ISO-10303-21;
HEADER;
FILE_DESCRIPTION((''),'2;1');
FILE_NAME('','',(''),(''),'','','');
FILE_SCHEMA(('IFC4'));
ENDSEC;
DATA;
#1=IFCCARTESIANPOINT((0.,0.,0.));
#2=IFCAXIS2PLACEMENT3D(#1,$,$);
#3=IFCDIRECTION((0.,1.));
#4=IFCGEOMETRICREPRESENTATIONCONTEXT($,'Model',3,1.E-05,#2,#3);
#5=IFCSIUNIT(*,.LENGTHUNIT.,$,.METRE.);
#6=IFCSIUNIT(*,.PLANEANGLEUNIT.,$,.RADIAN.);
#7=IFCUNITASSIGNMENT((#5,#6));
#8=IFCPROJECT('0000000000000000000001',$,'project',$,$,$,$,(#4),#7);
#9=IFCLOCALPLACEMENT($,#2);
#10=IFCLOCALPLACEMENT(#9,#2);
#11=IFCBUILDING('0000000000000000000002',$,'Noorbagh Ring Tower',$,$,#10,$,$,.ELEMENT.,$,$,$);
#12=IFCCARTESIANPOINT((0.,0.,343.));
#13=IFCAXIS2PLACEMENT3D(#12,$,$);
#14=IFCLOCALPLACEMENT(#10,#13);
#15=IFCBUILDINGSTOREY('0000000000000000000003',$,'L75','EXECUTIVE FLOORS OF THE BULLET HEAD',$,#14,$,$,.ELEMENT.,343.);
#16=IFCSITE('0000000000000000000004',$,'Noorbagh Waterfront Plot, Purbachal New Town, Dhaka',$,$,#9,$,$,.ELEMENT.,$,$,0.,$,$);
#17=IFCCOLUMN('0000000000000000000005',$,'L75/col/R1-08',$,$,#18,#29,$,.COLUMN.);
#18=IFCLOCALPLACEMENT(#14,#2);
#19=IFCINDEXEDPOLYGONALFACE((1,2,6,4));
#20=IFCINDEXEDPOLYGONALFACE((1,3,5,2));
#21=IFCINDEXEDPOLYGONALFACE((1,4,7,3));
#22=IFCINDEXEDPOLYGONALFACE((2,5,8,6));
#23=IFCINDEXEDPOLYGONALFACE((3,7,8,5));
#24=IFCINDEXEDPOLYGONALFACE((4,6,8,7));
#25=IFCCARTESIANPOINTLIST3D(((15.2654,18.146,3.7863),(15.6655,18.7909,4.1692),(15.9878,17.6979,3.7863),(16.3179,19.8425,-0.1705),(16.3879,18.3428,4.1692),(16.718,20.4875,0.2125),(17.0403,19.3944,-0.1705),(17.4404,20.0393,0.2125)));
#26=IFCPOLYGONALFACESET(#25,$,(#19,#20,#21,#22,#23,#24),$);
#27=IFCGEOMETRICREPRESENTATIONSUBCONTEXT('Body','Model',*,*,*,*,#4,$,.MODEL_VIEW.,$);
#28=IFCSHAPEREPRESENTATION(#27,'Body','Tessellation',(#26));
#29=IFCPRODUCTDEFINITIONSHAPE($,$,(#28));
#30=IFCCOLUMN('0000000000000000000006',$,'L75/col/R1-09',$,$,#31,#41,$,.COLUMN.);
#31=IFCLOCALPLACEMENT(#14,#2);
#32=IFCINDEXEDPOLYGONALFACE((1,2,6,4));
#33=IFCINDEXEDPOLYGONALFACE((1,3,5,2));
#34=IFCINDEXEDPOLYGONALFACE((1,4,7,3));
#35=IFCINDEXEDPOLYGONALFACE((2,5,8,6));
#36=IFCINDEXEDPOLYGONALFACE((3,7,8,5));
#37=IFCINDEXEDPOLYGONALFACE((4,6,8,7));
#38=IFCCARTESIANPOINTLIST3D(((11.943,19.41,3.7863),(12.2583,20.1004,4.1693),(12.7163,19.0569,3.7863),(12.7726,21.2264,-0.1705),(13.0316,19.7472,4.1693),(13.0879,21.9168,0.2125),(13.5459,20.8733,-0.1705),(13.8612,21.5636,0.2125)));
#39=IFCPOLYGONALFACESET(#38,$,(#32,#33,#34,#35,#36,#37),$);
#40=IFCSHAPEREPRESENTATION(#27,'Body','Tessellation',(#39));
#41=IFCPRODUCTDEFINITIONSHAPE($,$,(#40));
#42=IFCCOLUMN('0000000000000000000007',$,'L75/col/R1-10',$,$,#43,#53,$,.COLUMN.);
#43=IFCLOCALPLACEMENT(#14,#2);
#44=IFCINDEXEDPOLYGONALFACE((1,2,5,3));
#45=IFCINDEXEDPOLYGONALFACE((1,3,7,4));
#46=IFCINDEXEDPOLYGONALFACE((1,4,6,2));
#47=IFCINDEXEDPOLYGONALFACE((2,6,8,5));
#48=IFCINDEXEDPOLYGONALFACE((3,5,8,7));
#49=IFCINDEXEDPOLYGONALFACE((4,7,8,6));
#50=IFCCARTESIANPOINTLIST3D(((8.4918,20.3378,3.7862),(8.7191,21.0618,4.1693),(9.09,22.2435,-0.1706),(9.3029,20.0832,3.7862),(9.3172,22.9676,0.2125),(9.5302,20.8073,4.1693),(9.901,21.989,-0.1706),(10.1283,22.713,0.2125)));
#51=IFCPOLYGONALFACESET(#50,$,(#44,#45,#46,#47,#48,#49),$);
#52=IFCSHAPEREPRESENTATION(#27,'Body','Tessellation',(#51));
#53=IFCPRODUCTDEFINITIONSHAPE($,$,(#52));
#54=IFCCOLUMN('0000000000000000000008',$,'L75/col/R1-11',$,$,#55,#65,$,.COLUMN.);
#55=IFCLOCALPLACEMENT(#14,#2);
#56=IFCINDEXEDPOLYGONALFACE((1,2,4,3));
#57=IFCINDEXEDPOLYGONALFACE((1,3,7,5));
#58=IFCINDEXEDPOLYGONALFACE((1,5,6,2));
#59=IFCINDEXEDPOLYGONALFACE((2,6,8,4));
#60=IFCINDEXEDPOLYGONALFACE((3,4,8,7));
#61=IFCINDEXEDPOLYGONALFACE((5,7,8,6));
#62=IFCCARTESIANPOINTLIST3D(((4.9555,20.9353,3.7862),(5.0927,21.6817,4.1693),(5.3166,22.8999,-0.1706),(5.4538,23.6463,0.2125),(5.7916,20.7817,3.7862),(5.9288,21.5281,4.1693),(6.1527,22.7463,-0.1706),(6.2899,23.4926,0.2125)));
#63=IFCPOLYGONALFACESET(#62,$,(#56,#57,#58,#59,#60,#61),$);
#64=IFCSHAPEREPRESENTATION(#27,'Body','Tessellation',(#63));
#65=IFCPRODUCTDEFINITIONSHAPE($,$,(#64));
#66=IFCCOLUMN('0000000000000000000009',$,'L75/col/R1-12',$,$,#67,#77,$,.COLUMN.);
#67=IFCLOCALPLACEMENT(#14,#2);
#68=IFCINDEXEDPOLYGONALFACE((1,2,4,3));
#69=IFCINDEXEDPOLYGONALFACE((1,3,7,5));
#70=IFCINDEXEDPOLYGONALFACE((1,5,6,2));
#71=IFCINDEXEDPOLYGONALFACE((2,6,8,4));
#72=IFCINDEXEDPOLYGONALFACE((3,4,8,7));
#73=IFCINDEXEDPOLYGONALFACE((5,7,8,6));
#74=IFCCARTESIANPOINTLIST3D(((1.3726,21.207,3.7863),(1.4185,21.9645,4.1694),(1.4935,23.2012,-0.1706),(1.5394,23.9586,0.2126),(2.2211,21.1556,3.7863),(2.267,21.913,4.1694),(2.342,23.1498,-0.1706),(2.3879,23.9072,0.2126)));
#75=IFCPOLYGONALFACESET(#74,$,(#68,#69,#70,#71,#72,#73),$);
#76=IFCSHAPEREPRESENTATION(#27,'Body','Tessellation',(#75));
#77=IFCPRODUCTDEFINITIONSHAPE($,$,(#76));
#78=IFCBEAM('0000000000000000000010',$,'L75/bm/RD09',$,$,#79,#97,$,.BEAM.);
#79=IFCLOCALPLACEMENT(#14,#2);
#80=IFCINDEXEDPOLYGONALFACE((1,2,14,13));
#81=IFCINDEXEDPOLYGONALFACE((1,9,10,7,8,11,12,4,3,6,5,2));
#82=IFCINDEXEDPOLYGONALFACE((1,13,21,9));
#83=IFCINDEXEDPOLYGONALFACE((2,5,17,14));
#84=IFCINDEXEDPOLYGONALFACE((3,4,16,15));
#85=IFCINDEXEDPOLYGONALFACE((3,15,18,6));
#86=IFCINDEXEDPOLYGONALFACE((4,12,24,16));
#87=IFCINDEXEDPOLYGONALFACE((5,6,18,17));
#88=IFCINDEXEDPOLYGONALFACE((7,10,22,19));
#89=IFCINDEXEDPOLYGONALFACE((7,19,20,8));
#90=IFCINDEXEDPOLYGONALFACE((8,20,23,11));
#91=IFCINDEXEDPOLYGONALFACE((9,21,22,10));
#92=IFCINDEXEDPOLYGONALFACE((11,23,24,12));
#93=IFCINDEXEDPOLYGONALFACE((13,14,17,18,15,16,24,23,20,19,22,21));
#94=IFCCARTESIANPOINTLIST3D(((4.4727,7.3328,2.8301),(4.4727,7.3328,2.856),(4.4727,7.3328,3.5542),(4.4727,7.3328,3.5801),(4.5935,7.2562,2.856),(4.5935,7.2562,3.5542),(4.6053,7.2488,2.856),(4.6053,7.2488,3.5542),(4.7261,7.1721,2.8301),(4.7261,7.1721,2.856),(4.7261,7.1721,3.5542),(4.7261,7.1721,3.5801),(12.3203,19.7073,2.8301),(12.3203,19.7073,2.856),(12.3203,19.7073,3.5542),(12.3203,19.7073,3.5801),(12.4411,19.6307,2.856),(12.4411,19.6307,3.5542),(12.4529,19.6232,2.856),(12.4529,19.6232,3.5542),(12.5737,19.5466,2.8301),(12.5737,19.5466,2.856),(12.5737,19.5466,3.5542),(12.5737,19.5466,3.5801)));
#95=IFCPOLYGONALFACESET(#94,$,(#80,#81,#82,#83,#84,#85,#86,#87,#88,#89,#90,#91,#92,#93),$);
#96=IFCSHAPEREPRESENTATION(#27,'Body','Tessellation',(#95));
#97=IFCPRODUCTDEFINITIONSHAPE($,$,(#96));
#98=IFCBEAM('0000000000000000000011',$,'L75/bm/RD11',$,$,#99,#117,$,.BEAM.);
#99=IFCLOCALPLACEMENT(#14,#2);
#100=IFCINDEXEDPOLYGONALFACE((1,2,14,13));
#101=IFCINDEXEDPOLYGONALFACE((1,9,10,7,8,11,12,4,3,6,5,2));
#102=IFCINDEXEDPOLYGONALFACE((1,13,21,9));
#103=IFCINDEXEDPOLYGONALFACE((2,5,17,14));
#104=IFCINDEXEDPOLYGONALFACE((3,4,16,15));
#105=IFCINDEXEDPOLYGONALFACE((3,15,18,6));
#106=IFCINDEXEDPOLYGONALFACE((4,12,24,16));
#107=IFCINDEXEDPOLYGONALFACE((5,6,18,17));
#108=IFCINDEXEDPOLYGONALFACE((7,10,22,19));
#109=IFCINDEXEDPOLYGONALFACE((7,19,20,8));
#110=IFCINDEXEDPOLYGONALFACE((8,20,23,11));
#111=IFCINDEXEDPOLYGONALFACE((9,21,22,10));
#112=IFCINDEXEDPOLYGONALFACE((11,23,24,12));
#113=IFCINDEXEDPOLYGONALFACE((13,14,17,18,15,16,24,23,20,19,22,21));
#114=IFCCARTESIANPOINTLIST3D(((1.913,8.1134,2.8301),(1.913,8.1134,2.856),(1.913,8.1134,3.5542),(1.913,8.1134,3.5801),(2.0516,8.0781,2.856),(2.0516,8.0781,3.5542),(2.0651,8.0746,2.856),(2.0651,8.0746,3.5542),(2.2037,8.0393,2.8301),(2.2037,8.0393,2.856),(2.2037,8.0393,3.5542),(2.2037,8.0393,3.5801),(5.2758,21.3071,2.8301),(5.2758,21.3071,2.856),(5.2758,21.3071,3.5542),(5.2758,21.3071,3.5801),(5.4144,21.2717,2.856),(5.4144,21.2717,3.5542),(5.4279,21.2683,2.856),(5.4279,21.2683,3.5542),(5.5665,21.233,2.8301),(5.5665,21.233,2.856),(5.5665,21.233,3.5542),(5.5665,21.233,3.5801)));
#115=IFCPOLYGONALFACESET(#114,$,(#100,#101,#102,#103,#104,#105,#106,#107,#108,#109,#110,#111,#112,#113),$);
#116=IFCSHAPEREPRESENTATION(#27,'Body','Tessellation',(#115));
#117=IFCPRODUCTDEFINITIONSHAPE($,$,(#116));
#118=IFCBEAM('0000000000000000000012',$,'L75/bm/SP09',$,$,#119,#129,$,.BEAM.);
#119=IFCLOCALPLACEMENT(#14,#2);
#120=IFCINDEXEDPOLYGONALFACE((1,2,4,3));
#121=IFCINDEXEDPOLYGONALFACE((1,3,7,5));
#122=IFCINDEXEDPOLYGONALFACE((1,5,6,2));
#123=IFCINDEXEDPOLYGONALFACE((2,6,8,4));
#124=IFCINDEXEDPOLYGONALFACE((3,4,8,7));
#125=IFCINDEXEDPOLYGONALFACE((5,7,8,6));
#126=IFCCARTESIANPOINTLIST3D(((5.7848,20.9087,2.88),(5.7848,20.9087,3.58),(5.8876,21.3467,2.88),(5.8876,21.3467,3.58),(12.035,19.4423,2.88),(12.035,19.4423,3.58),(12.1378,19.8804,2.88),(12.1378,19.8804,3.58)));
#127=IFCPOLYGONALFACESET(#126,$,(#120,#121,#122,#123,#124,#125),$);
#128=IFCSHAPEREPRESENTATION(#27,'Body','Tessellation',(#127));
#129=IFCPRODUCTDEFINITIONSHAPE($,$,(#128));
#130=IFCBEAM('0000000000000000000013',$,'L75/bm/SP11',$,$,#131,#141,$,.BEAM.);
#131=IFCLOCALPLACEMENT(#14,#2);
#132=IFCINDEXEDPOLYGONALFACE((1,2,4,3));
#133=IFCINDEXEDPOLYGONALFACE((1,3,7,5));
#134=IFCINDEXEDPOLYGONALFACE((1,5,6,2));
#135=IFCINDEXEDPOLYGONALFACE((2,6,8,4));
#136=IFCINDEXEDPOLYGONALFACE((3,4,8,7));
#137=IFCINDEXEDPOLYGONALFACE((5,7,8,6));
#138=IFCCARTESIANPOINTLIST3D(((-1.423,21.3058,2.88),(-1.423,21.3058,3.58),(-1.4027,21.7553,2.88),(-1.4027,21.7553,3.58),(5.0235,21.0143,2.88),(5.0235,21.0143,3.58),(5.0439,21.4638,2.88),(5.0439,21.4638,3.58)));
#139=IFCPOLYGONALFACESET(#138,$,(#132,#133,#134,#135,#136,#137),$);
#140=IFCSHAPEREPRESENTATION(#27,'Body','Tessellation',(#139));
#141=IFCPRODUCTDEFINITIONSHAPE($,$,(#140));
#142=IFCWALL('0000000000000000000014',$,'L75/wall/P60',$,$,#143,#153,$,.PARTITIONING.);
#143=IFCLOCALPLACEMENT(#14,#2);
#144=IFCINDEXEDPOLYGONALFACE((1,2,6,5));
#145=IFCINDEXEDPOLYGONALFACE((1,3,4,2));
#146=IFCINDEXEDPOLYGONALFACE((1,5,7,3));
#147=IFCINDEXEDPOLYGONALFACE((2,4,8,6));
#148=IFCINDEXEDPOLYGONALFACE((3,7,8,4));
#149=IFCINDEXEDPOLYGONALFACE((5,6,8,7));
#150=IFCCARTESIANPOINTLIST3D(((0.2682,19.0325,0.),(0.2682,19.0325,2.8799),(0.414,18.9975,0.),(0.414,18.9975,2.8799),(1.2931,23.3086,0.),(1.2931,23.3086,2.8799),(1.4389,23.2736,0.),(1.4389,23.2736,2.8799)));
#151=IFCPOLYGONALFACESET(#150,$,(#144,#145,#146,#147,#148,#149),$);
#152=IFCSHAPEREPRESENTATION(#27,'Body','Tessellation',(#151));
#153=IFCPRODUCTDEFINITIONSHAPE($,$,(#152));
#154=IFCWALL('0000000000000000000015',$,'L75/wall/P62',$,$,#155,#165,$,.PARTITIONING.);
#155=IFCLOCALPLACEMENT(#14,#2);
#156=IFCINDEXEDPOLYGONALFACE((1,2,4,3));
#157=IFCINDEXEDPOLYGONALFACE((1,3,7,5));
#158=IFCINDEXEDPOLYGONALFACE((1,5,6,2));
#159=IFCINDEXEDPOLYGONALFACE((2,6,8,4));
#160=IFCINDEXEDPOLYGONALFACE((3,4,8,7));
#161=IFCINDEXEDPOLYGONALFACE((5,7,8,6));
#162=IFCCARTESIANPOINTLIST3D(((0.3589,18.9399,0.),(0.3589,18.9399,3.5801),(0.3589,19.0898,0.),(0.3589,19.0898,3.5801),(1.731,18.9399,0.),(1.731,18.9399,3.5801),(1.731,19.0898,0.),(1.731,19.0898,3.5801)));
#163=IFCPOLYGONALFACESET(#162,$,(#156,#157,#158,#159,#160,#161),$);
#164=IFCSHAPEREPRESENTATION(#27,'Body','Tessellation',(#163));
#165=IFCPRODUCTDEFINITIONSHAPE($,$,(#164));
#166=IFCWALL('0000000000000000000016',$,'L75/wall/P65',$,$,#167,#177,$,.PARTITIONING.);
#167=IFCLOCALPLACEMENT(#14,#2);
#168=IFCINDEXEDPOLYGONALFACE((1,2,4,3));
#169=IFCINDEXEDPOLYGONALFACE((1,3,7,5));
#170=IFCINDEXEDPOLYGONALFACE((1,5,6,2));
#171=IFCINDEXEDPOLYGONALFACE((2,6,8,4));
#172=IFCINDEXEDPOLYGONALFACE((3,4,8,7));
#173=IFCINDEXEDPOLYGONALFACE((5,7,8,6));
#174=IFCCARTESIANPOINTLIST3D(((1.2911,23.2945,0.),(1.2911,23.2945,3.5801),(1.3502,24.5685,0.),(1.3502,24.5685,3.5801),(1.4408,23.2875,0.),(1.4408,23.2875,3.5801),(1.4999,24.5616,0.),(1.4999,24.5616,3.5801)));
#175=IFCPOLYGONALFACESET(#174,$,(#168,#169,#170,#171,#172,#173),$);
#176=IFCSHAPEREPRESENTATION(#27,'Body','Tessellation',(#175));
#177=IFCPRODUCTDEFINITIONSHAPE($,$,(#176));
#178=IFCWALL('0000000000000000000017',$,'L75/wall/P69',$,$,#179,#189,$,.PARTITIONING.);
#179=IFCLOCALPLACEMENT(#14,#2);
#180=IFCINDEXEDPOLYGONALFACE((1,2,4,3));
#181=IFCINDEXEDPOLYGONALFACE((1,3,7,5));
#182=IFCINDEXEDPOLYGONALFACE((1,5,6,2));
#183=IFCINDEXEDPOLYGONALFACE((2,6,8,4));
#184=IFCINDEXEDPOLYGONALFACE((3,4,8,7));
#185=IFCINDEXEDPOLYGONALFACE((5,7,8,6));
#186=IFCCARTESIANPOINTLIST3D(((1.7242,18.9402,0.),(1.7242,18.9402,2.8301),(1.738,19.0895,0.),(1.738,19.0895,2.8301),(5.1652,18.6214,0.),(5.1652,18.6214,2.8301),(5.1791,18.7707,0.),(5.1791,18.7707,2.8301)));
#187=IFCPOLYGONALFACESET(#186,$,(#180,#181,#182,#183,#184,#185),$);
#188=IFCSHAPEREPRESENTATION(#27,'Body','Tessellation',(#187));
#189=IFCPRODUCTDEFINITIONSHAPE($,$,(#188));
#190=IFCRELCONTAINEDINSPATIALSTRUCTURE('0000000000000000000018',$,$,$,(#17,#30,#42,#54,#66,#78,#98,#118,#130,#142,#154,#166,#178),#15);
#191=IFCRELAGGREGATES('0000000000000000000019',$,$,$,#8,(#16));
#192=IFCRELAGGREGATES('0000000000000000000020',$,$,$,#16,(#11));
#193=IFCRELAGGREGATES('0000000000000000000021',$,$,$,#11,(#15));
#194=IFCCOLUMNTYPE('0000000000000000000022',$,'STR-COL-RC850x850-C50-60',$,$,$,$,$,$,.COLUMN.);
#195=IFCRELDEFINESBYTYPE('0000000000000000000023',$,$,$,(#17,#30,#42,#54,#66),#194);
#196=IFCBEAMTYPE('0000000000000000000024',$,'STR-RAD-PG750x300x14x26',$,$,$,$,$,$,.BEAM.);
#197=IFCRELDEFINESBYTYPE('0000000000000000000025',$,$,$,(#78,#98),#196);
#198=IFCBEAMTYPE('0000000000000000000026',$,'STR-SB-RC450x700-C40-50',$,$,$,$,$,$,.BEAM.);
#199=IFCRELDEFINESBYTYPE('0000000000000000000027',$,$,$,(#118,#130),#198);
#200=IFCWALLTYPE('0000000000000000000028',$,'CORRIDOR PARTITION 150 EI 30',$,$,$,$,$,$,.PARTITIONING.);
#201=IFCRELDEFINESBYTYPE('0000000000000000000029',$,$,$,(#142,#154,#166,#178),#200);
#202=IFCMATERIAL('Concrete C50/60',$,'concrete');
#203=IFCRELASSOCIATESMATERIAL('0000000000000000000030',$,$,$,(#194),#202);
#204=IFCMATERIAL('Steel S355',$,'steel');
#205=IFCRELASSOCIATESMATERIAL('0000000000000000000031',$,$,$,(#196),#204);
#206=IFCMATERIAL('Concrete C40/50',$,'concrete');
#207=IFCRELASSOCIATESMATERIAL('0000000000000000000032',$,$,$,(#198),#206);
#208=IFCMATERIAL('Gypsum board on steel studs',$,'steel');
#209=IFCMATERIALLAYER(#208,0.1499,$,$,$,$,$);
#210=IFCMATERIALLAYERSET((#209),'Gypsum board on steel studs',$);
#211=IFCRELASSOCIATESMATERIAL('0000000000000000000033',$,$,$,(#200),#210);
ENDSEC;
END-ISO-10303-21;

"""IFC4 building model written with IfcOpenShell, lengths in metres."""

from ifc_helpers import new_model, si_unit, direction, frame, frame_2d, origin, origin_2d, place, context, subcontext, project, spatial, rectangle, i_section, extrude, material, layer, layer_set, material_profile, profile_set, type_object, element, save


model = new_model("IFC4")

# Units and contexts
model_context = context("Model", 3, precision=1e-05, world=origin(), true_north=direction((0.0, 1.0)))
body_context = subcontext(model_context, "Body", "Model", "MODEL_VIEW")
ifc_project = project(units=[si_unit("LENGTHUNIT", "METRE"), si_unit("PLANEANGLEUNIT", "RADIAN")], contexts=[model_context])

# Site, building, storey
site_placement = place(None, origin())
site = spatial("IfcSite", under=ifc_project, at=site_placement, Name="Noorbagh Waterfront Plot, Purbachal New Town, Dhaka", CompositionType="ELEMENT", RefElevation=0.0)
building_placement = place(site_placement, origin())
building = spatial("IfcBuilding", under=site, at=building_placement, Name="Noorbagh Ring Tower", CompositionType="ELEMENT")
storey_placement = place(building_placement, frame((0.0, 0.0, 343.0)))
storey = spatial("IfcBuildingStorey", under=building, at=storey_placement, Name="L75", Description="EXECUTIVE FLOORS OF THE BULLET HEAD", CompositionType="ELEMENT", Elevation=343.0)

# Columns
ifc_material_1 = material(Name="Concrete C50/60", Category="concrete")
ifc_material_profile_1 = material_profile(ifc_material_1, rectangle(XDim=0.8501, YDim=0.8501, at=origin_2d()), Name="RC850x850")
ifc_profile_set_1 = profile_set([ifc_material_profile_1], Name="Concrete C50/60")
column_type = type_object("IfcColumnType", Name="STR-COL-RC850x850-C50-60", PredefinedType="COLUMN", material=ifc_profile_set_1)
column_1_placement = place(storey_placement, frame((16.8792, 19.9409, 0.021), z_axis=(-0.237478, -0.382797, 0.892788), x_axis=(0.849759, -0.527171, 0.0)))
element("IfcColumn", 1, at=column_1_placement, inside=storey, type_object=column_type, Name="L75/col/R1-08", PredefinedType="COLUMN", context=body_context, shape_type="SweptSolid", body=[
    extrude(rectangle(XDim=0.8501, YDim=0.8501, at=origin_2d()), origin(), (0.0, 0.0, 1.0), 4.4319),
])
column_2_placement = place(storey_placement, frame((13.3169, 21.395, 0.021), z_axis=(-0.187177, -0.409828, 0.892752), x_axis=(0.90962, -0.415442, 0.0)))
element("IfcColumn", 2, at=column_2_placement, inside=storey, type_object=column_type, Name="L75/col/R1-09", PredefinedType="COLUMN", context=body_context, shape_type="SweptSolid", body=[
    extrude(rectangle(XDim=0.8501, YDim=0.8501, at=origin_2d()), origin(), (0.0, 0.0, 1.0), 4.4321),
])
for number, where, z_axis, x_axis, name in (
    (3, (9.6091, 22.4783, 0.021), (-0.134949, -0.429965, 0.892703), (0.95411, -0.299458, 0.0), "L75/col/R1-10"),
    (4, (5.8032, 23.1963, 0.021), (-0.081465, -0.443236, 0.892696), (0.983526, -0.180767, 0.0), "L75/col/R1-11"),
):
    element("IfcColumn", number, at=place(storey_placement, frame(where, z_axis=z_axis, x_axis=x_axis)), inside=storey, type_object=column_type, Name=name, PredefinedType="COLUMN", context=body_context, shape_type="SweptSolid", body=[
        extrude(rectangle(XDim=0.8501, YDim=0.8501, at=origin_2d()), origin(), (0.0, 0.0, 1.0), 4.4324),
    ])
column_3_placement = place(storey_placement, frame((1.9407, 23.5542, 0.021), z_axis=(-0.027264, -0.449887, 0.892669), x_axis=(0.998169, -0.060491, 0.0)))
element("IfcColumn", 5, at=column_3_placement, inside=storey, type_object=column_type, Name="L75/col/R1-12", PredefinedType="COLUMN", context=body_context, shape_type="SweptSolid", body=[
    extrude(rectangle(XDim=0.8501, YDim=0.8501, at=origin_2d()), origin(), (0.0, 0.0, 1.0), 4.4326),
])

# Beams
ifc_material_2 = material(Name="Steel S355", Category="steel")
ifc_material_profile_2 = material_profile(ifc_material_2, i_section(OverallWidth=0.3, OverallDepth=0.75, WebThickness=0.0139, FlangeThickness=0.0259, at=origin_2d()), Name="PG750x300x14x26")
ifc_profile_set_2 = profile_set([ifc_material_profile_2], Name="Steel S355")
beam_type_1 = type_object("IfcBeamType", Name="STR-RAD-PG750x300x14x26", PredefinedType="BEAM", material=ifc_profile_set_2)
beam_1_placement = place(storey_placement, frame((12.447, 19.627, 3.2051), z_axis=(-0.535562, -0.844496, 0.0), x_axis=(0.844496, -0.535562, 0.0)))
element("IfcBeam", 6, at=beam_1_placement, inside=storey, type_object=beam_type_1, Name="L75/bm/RD09", PredefinedType="BEAM", context=body_context, shape_type="SweptSolid", body=[
    extrude(i_section(OverallWidth=0.3, OverallDepth=0.75, WebThickness=0.0139, FlangeThickness=0.0259, at=origin_2d()), origin(), (0.0, 0.0, 1.0), 14.6531),
])
beam_2_placement = place(storey_placement, frame((5.4211, 21.27, 3.2051), z_axis=(-0.246984, -0.96902, 0.0), x_axis=(0.96902, -0.246984, 0.0)))
element("IfcBeam", 7, at=beam_2_placement, inside=storey, type_object=beam_type_1, Name="L75/bm/RD11", PredefinedType="BEAM", context=body_context, shape_type="SweptSolid", body=[
    extrude(i_section(OverallWidth=0.3, OverallDepth=0.75, WebThickness=0.0139, FlangeThickness=0.0259, at=origin_2d()), origin(), (0.0, 0.0, 1.0), 13.6155),
])
ifc_material_3 = material(Name="Concrete C40/50", Category="concrete")
ifc_material_profile_3 = material_profile(ifc_material_3, rectangle(XDim=0.45, YDim=0.7, at=origin_2d()), Name="RC450x700")
ifc_profile_set_3 = profile_set([ifc_material_profile_3], Name="Concrete C40/50")
beam_type_2 = type_object("IfcBeamType", Name="STR-SB-RC450x700-C40-50", PredefinedType="BEAM", material=ifc_profile_set_3)
beam_3_placement = place(storey_placement, frame((12.0864, 19.6614, 3.23), z_axis=(-0.973568, 0.228399, 0.0), x_axis=(-0.228399, -0.973568, 0.0)))
element("IfcBeam", 8, at=beam_3_placement, inside=storey, type_object=beam_type_2, Name="L75/bm/SP09", PredefinedType="BEAM", context=body_context, shape_type="SweptSolid", body=[
    extrude(rectangle(XDim=0.45, YDim=0.7, at=origin_2d()), origin(), (0.0, 0.0, 1.0), 6.4199),
])
beam_4_placement = place(storey_placement, frame((5.0337, 21.239, 3.23), z_axis=(-0.998979, 0.045173, 0.0), x_axis=(-0.045173, -0.998979, 0.0)))
element("IfcBeam", 9, at=beam_4_placement, inside=storey, type_object=beam_type_2, Name="L75/bm/SP11", PredefinedType="BEAM", context=body_context, shape_type="SweptSolid", body=[
    extrude(rectangle(XDim=0.45, YDim=0.7, at=origin_2d()), origin(), (0.0, 0.0, 1.0), 6.4531),
])

# Walls
ifc_material_4 = material(Name="Gypsum board on steel studs", Category="steel")
ifc_layer_1 = layer(ifc_material_4, 0.1499)
ifc_layer_set_1 = layer_set([ifc_layer_1], Name="Gypsum board on steel studs")
wall_type = type_object("IfcWallType", Name="CORRIDOR PARTITION 150 EI 30", PredefinedType="PARTITIONING", material=ifc_layer_set_1)
wall_1_placement = place(storey_placement, frame((0.3411, 19.0149, 0.0), z_axis=(0.0, 0.0, 1.0), x_axis=(0.233079, 0.972458, 0.0)))
element("IfcWall", 10, at=wall_1_placement, inside=storey, type_object=wall_type, Name="L75/wall/P60", PredefinedType="PARTITIONING", context=body_context, shape_type="SweptSolid", body=[
    extrude(rectangle(XDim=4.3972, YDim=0.1499, at=frame_2d((2.1987, 0.0))), origin(), (0.0, 0.0, 1.0), 2.8799),
])
wall_2_placement = place(storey_placement, frame((0.3589, 19.0149, 0.0), z_axis=(0.0, 0.0, 1.0), x_axis=(1.0, 0.0, 0.0)))
element("IfcWall", 11, at=wall_2_placement, inside=storey, type_object=wall_type, Name="L75/wall/P62", PredefinedType="PARTITIONING", context=body_context, shape_type="SweptSolid", body=[
    extrude(rectangle(XDim=1.3721, YDim=0.1499, at=frame_2d((0.686, 0.0))), origin(), (0.0, 0.0, 1.0), 3.5801),
])
wall_3_placement = place(storey_placement, frame((1.366, 23.291, 0.0), z_axis=(0.0, 0.0, 1.0), x_axis=(0.046328, 0.998926, 0.0)))
element("IfcWall", 12, at=wall_3_placement, inside=storey, type_object=wall_type, Name="L75/wall/P65", PredefinedType="PARTITIONING", context=body_context, shape_type="SweptSolid", body=[
    extrude(rectangle(XDim=1.2754, YDim=0.1499, at=frame_2d((0.6377, 0.0))), origin(), (0.0, 0.0, 1.0), 3.5801),
])
wall_4_placement = place(storey_placement, frame((1.731, 19.0149, 0.0), z_axis=(0.0, 0.0, 1.0), x_axis=(0.995735, -0.092262, 0.0)))
element("IfcWall", 13, at=wall_4_placement, inside=storey, type_object=wall_type, Name="L75/wall/P69", PredefinedType="PARTITIONING", context=body_context, shape_type="SweptSolid", body=[
    extrude(rectangle(XDim=3.4558, YDim=0.1499, at=frame_2d((1.728, 0.0))), origin(), (0.0, 0.0, 1.0), 2.8301),
])

save(model, "model.ifc")
